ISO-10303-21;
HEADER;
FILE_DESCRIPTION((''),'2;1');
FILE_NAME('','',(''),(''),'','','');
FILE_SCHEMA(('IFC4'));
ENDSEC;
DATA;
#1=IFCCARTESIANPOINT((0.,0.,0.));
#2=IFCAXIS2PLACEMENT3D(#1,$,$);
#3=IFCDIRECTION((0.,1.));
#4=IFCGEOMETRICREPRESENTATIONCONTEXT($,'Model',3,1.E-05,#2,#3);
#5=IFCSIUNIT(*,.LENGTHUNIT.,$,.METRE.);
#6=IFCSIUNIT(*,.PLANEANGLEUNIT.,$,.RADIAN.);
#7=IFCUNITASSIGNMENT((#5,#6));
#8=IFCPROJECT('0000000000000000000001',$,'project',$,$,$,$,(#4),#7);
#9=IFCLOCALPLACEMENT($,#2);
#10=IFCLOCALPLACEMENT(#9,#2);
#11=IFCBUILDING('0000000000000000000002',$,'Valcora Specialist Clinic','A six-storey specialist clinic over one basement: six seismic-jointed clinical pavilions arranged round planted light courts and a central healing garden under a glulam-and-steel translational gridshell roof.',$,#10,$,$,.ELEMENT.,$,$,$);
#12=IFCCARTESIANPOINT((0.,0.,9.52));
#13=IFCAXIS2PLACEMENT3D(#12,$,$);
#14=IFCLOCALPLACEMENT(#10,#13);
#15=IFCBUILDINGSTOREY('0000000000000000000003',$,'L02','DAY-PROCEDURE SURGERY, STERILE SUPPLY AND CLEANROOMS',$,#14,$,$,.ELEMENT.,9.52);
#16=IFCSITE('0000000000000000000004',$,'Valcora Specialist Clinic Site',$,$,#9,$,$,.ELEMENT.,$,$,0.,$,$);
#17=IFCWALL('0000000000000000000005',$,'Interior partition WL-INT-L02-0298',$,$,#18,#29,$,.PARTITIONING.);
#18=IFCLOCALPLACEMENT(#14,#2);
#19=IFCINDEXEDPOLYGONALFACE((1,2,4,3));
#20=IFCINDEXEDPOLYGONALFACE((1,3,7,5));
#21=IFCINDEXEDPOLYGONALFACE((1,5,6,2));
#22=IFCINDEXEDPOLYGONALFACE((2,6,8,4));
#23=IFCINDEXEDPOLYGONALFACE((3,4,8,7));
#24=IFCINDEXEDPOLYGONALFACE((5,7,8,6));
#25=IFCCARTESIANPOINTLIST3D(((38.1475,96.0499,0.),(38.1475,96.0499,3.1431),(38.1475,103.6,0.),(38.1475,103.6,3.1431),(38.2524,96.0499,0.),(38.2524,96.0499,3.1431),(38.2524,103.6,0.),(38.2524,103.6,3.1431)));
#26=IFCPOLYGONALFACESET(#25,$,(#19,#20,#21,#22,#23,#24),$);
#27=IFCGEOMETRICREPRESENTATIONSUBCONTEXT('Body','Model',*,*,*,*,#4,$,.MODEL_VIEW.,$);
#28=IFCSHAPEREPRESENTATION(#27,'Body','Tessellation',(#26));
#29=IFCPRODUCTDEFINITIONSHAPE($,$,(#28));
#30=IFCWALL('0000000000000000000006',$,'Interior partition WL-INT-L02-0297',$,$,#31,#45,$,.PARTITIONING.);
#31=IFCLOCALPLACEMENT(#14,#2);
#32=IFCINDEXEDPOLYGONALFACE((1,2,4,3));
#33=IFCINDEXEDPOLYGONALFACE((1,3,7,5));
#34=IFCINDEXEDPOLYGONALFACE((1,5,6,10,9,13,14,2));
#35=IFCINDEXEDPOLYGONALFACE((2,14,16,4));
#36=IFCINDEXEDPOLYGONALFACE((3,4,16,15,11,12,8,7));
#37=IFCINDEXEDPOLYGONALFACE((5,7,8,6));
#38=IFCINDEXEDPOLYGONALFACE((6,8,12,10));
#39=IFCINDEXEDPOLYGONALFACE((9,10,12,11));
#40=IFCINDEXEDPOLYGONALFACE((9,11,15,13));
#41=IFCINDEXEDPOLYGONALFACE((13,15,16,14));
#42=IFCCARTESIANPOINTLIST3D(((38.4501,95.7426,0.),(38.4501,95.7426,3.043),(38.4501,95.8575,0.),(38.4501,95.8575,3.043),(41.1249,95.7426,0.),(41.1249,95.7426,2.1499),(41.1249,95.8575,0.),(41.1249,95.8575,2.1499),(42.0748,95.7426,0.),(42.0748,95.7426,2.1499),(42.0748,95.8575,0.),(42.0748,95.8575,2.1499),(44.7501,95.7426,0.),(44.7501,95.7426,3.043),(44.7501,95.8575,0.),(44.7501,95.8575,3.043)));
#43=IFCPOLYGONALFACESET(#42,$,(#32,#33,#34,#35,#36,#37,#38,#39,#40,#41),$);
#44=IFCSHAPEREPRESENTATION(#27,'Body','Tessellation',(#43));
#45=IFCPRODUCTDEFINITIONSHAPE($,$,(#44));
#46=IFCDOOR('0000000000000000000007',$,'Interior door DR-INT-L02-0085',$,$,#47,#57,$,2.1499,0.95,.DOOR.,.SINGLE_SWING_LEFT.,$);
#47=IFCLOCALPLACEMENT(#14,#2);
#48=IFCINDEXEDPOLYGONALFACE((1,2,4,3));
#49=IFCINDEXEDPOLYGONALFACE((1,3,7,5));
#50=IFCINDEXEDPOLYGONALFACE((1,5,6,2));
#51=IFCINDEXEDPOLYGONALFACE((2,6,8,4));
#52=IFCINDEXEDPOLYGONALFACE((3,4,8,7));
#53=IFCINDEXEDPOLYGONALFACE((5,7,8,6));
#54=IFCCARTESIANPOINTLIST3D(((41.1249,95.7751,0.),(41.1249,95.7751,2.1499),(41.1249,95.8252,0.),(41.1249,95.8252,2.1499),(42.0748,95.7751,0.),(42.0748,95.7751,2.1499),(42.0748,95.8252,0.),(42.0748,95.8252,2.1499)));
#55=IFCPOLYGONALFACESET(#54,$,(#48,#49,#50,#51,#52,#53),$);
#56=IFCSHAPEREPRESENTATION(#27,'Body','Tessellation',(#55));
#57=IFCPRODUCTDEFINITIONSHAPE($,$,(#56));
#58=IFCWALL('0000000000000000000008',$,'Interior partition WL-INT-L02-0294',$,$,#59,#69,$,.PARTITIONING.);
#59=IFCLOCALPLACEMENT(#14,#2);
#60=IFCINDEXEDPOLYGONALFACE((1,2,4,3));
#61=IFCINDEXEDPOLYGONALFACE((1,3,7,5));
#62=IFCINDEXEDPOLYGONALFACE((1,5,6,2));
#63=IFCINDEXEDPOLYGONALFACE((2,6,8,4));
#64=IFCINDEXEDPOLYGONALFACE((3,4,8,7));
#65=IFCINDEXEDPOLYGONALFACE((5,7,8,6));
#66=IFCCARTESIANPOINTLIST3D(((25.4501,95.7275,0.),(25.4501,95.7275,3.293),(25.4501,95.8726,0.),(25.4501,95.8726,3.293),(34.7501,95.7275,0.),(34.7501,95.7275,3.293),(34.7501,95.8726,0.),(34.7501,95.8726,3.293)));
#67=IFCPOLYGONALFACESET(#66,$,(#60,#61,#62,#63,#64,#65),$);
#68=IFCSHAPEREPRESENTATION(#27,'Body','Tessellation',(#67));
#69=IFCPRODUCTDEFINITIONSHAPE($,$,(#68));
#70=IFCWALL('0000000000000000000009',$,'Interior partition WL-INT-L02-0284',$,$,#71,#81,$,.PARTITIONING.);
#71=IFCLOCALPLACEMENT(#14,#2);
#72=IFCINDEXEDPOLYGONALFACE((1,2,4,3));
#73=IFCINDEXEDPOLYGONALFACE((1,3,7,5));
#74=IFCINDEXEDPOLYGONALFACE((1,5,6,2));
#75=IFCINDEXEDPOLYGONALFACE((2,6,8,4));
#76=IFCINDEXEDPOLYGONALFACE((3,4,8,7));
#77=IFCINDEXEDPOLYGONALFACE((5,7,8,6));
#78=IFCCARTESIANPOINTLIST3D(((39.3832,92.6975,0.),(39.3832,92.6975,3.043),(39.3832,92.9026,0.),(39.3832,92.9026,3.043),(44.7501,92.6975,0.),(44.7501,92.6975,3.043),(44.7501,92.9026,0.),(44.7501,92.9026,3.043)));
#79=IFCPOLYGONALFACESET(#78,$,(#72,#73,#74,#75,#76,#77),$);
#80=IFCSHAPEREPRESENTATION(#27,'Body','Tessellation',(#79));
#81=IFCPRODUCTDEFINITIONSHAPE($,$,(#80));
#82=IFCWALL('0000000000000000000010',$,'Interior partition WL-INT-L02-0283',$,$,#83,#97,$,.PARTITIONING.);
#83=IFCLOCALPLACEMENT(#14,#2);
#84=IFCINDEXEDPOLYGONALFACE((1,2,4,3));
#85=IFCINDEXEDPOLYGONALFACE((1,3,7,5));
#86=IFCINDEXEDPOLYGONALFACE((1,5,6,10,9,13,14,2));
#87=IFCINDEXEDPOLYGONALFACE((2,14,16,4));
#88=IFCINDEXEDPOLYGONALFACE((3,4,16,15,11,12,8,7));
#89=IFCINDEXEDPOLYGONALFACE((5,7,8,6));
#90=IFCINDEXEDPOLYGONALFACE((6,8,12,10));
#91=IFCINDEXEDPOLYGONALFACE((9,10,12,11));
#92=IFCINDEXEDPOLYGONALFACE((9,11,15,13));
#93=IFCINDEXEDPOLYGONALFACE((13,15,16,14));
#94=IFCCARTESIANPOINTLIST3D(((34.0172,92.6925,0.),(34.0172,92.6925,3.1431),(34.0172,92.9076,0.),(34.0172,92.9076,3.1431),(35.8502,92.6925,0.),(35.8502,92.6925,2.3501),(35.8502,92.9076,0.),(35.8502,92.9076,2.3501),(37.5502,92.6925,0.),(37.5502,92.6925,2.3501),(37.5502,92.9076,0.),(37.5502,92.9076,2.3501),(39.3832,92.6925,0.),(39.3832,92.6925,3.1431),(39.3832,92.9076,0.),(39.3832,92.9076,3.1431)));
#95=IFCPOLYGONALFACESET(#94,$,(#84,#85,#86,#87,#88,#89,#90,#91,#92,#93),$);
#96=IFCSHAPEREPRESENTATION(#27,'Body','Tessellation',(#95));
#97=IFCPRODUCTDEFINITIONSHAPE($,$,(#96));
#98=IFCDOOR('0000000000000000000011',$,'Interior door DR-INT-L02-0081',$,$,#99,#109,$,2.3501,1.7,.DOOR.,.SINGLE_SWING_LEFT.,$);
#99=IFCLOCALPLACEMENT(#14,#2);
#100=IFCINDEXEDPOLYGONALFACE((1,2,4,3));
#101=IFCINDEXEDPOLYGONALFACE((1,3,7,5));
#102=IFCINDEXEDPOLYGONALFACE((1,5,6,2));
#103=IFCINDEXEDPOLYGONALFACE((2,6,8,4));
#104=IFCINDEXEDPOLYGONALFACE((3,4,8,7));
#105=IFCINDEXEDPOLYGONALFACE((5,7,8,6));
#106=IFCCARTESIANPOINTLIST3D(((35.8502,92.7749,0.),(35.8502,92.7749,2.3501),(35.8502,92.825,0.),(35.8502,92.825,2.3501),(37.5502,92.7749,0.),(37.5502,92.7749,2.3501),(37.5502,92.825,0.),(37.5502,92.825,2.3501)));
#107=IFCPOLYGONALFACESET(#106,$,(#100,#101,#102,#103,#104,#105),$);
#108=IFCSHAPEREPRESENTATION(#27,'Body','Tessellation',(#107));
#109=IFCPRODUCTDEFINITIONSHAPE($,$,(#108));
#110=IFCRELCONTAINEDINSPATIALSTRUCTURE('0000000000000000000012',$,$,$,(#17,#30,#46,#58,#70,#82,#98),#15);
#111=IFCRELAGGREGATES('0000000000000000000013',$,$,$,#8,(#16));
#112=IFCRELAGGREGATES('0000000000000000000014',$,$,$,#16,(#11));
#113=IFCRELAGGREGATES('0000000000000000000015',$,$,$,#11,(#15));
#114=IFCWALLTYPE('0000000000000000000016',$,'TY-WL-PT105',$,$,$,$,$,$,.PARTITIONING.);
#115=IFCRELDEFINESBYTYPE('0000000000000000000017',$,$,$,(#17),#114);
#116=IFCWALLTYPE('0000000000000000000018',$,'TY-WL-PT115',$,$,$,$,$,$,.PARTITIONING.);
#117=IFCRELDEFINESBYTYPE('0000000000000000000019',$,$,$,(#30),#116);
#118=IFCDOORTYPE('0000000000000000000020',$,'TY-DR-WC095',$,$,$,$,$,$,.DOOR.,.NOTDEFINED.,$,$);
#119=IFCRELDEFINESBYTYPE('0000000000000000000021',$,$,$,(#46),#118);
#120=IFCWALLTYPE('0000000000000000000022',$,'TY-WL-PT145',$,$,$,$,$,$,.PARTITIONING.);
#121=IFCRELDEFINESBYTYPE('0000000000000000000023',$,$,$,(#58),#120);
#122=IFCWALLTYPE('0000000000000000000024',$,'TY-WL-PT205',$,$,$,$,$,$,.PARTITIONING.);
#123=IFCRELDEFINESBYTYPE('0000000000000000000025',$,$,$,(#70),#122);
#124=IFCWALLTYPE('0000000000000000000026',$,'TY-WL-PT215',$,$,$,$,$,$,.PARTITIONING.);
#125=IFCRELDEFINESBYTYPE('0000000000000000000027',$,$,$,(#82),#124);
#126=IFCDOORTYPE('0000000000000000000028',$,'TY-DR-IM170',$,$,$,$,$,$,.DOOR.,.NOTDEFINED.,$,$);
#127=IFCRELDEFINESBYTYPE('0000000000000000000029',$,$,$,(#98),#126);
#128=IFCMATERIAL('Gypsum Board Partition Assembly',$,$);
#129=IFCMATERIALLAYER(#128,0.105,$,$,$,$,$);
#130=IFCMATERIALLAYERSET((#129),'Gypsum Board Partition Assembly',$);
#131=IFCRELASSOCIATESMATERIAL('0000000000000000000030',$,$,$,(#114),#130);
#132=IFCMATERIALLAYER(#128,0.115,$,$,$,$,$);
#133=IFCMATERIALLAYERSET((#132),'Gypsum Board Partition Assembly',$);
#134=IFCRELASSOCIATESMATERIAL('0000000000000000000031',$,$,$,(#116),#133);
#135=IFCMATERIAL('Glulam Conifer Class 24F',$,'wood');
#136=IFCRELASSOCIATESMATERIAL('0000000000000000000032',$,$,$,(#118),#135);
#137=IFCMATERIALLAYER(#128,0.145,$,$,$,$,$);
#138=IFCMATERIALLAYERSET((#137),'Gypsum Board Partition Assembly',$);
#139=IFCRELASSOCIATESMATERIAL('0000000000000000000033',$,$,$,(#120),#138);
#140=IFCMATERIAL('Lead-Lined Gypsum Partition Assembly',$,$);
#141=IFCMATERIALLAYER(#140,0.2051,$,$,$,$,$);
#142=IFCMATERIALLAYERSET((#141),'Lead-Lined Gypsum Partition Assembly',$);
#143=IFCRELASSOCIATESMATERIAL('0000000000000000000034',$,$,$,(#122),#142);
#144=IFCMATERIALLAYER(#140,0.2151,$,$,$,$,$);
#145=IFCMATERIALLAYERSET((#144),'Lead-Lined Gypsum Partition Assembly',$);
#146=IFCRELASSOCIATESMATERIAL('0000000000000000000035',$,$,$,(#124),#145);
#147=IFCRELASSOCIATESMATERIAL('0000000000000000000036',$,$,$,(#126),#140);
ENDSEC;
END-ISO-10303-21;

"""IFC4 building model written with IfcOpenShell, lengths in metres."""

from ifc_helpers import new_model, si_unit, direction, frame, frame_2d, origin, place, context, subcontext, project, spatial, rectangle, extrude, material, layer, layer_set, type_object, element, fill, save


model = new_model("IFC4")

# Units and contexts
model_context = context("Model", 3, precision=1e-05, world=origin(), true_north=direction((0.0, 1.0)))
body_context = subcontext(model_context, "Body", "Model", "MODEL_VIEW")
ifc_project = project(units=[si_unit("LENGTHUNIT", "METRE"), si_unit("PLANEANGLEUNIT", "RADIAN")], contexts=[model_context])

# Site, building, storey
site_placement = place(None, origin())
site = spatial("IfcSite", under=ifc_project, at=site_placement, Name="Valcora Specialist Clinic Site", CompositionType="ELEMENT", RefElevation=0.0)
building_placement = place(site_placement, origin())
building = spatial("IfcBuilding", under=site, at=building_placement, Name="Valcora Specialist Clinic", Description="A six-storey specialist clinic over one basement: six seismic-jointed clinical pavilions arranged round planted light courts and a central healing garden under a glulam-and-steel translational gridshell roof.", CompositionType="ELEMENT")
storey_placement = place(building_placement, frame((0.0, 0.0, 9.52)))
storey = spatial("IfcBuildingStorey", under=building, at=storey_placement, Name="L02", Description="DAY-PROCEDURE SURGERY, STERILE SUPPLY AND CLEANROOMS", CompositionType="ELEMENT", Elevation=9.52)

# Wall
ifc_material_1 = material(Name="Gypsum Board Partition Assembly")
ifc_layer_1 = layer(ifc_material_1, 0.105)
ifc_layer_set_1 = layer_set([ifc_layer_1], Name="Gypsum Board Partition Assembly")
wall_type_1 = type_object("IfcWallType", Name="TY-WL-PT105", PredefinedType="PARTITIONING", material=ifc_layer_set_1)
wall_1_placement = place(storey_placement, frame((38.2, 96.05, 0.0), z_axis=(0.0, 0.0, 1.0), x_axis=(0.0, 1.0, 0.0)))
element("IfcWall", 1, at=wall_1_placement, inside=storey, type_object=wall_type_1, Name="Interior partition WL-INT-L02-0298", PredefinedType="PARTITIONING", context=body_context, shape_type="SweptSolid", body=[
    extrude(rectangle(XDim=7.55, YDim=0.105, at=frame_2d((3.7749, 0.0))), origin(), (0.0, 0.0, 1.0), 3.1431),
])

# Wall, opening, door
ifc_layer_2 = layer(ifc_material_1, 0.115)
ifc_layer_set_2 = layer_set([ifc_layer_2], Name="Gypsum Board Partition Assembly")
wall_type_2 = type_object("IfcWallType", Name="TY-WL-PT115", PredefinedType="PARTITIONING", material=ifc_layer_set_2)
wall_2_placement = place(storey_placement, frame((44.75, 95.8, 0.0), z_axis=(0.0, 0.0, 1.0), x_axis=(-1.0, 0.0, 0.0)))
wall_2 = element("IfcWall", 2, at=wall_2_placement, inside=storey, type_object=wall_type_2, Name="Interior partition WL-INT-L02-0297", PredefinedType="PARTITIONING", context=body_context, shape_type="SweptSolid", body=[
    extrude(rectangle(XDim=6.3, YDim=0.115, at=frame_2d((3.1499, 0.0))), origin(), (0.0, 0.0, 1.0), 3.043),
])
opening_1_placement = place(wall_2_placement, frame((2.675, 0.0, 0.0)))
opening_1 = element("IfcOpeningElement", 3, at=opening_1_placement, cuts=wall_2, PredefinedType="OPENING", context=body_context, shape_type="SweptSolid", body=[
    extrude(rectangle(XDim=0.95, YDim=2.1499, at=frame_2d((0.4751, 1.075))), frame((0.0, 0.0674, 0.0), z_axis=(0.0, -1.0, 0.0), x_axis=(1.0, 0.0, 0.0)), (0.0, 0.0, 1.0), 0.135),
])
ifc_material_2 = material(Name="Glulam Conifer Class 24F", Category="wood")
door_type_1 = type_object("IfcDoorType", Name="TY-DR-WC095", OperationType="NOTDEFINED", PredefinedType="DOOR", material=ifc_material_2)
door_1_placement = place(opening_1_placement, origin())
door_1 = element("IfcDoor", 4, at=door_1_placement, inside=storey, type_object=door_type_1, Name="Interior door DR-INT-L02-0085", OperationType="SINGLE_SWING_LEFT", OverallHeight=2.1499, OverallWidth=0.95, PredefinedType="DOOR", context=body_context, shape_type="SweptSolid", body=[
    extrude(rectangle(XDim=0.95, YDim=2.1499, at=frame_2d((0.4751, 1.075))), frame((0.0, 0.0249, 0.0), z_axis=(0.0, -1.0, 0.0), x_axis=(1.0, 0.0, 0.0)), (0.0, 0.0, 1.0), 0.05),
])
fill(opening_1, door_1)

# Walls
ifc_layer_3 = layer(ifc_material_1, 0.145)
ifc_layer_set_3 = layer_set([ifc_layer_3], Name="Gypsum Board Partition Assembly")
wall_type_3 = type_object("IfcWallType", Name="TY-WL-PT145", PredefinedType="PARTITIONING", material=ifc_layer_set_3)
wall_3_placement = place(storey_placement, frame((34.75, 95.8, 0.0), z_axis=(0.0, 0.0, 1.0), x_axis=(-1.0, 0.0, 0.0)))
element("IfcWall", 5, at=wall_3_placement, inside=storey, type_object=wall_type_3, Name="Interior partition WL-INT-L02-0294", PredefinedType="PARTITIONING", context=body_context, shape_type="SweptSolid", body=[
    extrude(rectangle(XDim=9.3, YDim=0.145, at=frame_2d((4.6499, 0.0))), origin(), (0.0, 0.0, 1.0), 3.293),
])
ifc_material_3 = material(Name="Lead-Lined Gypsum Partition Assembly")
ifc_layer_4 = layer(ifc_material_3, 0.2051)
ifc_layer_set_4 = layer_set([ifc_layer_4], Name="Lead-Lined Gypsum Partition Assembly")
wall_type_4 = type_object("IfcWallType", Name="TY-WL-PT205", PredefinedType="PARTITIONING", material=ifc_layer_set_4)
wall_4_placement = place(storey_placement, frame((39.3831, 92.8, 0.0), z_axis=(0.0, 0.0, 1.0), x_axis=(1.0, 0.0, 0.0)))
element("IfcWall", 6, at=wall_4_placement, inside=storey, type_object=wall_type_4, Name="Interior partition WL-INT-L02-0284", PredefinedType="PARTITIONING", context=body_context, shape_type="SweptSolid", body=[
    extrude(rectangle(XDim=5.3669, YDim=0.2051, at=frame_2d((2.6836, 0.0))), origin(), (0.0, 0.0, 1.0), 3.043),
])

# Wall, opening, door
ifc_layer_5 = layer(ifc_material_3, 0.2151)
ifc_layer_set_5 = layer_set([ifc_layer_5], Name="Lead-Lined Gypsum Partition Assembly")
wall_type_5 = type_object("IfcWallType", Name="TY-WL-PT215", PredefinedType="PARTITIONING", material=ifc_layer_set_5)
wall_5_placement = place(storey_placement, frame((34.0171, 92.8, 0.0), z_axis=(0.0, 0.0, 1.0), x_axis=(1.0, 0.0, 0.0)))
wall_5 = element("IfcWall", 7, at=wall_5_placement, inside=storey, type_object=wall_type_5, Name="Interior partition WL-INT-L02-0283", PredefinedType="PARTITIONING", context=body_context, shape_type="SweptSolid", body=[
    extrude(rectangle(XDim=5.366, YDim=0.2151, at=frame_2d((2.6831, 0.0))), origin(), (0.0, 0.0, 1.0), 3.1431),
])
opening_2_placement = place(wall_5_placement, frame((1.833, 0.0, 0.0)))
opening_2 = element("IfcOpeningElement", 8, at=opening_2_placement, cuts=wall_5, PredefinedType="OPENING", context=body_context, shape_type="SweptSolid", body=[
    extrude(rectangle(XDim=1.7, YDim=2.3501, at=frame_2d((0.8501, 1.175))), frame((0.0, 0.1174, 0.0), z_axis=(0.0, -1.0, 0.0), x_axis=(1.0, 0.0, 0.0)), (0.0, 0.0, 1.0), 0.2351),
])
door_type_2 = type_object("IfcDoorType", Name="TY-DR-IM170", OperationType="NOTDEFINED", PredefinedType="DOOR", material=ifc_material_3)
door_2_placement = place(opening_2_placement, origin())
door_2 = element("IfcDoor", 9, at=door_2_placement, inside=storey, type_object=door_type_2, Name="Interior door DR-INT-L02-0081", OperationType="SINGLE_SWING_LEFT", OverallHeight=2.3501, OverallWidth=1.7, PredefinedType="DOOR", context=body_context, shape_type="SweptSolid", body=[
    extrude(rectangle(XDim=1.7, YDim=2.3501, at=frame_2d((0.8501, 1.175))), frame((0.0, 0.0249, 0.0), z_axis=(0.0, -1.0, 0.0), x_axis=(1.0, 0.0, 0.0)), (0.0, 0.0, 1.0), 0.05),
])
fill(opening_2, door_2)

save(model, "model.ifc")
